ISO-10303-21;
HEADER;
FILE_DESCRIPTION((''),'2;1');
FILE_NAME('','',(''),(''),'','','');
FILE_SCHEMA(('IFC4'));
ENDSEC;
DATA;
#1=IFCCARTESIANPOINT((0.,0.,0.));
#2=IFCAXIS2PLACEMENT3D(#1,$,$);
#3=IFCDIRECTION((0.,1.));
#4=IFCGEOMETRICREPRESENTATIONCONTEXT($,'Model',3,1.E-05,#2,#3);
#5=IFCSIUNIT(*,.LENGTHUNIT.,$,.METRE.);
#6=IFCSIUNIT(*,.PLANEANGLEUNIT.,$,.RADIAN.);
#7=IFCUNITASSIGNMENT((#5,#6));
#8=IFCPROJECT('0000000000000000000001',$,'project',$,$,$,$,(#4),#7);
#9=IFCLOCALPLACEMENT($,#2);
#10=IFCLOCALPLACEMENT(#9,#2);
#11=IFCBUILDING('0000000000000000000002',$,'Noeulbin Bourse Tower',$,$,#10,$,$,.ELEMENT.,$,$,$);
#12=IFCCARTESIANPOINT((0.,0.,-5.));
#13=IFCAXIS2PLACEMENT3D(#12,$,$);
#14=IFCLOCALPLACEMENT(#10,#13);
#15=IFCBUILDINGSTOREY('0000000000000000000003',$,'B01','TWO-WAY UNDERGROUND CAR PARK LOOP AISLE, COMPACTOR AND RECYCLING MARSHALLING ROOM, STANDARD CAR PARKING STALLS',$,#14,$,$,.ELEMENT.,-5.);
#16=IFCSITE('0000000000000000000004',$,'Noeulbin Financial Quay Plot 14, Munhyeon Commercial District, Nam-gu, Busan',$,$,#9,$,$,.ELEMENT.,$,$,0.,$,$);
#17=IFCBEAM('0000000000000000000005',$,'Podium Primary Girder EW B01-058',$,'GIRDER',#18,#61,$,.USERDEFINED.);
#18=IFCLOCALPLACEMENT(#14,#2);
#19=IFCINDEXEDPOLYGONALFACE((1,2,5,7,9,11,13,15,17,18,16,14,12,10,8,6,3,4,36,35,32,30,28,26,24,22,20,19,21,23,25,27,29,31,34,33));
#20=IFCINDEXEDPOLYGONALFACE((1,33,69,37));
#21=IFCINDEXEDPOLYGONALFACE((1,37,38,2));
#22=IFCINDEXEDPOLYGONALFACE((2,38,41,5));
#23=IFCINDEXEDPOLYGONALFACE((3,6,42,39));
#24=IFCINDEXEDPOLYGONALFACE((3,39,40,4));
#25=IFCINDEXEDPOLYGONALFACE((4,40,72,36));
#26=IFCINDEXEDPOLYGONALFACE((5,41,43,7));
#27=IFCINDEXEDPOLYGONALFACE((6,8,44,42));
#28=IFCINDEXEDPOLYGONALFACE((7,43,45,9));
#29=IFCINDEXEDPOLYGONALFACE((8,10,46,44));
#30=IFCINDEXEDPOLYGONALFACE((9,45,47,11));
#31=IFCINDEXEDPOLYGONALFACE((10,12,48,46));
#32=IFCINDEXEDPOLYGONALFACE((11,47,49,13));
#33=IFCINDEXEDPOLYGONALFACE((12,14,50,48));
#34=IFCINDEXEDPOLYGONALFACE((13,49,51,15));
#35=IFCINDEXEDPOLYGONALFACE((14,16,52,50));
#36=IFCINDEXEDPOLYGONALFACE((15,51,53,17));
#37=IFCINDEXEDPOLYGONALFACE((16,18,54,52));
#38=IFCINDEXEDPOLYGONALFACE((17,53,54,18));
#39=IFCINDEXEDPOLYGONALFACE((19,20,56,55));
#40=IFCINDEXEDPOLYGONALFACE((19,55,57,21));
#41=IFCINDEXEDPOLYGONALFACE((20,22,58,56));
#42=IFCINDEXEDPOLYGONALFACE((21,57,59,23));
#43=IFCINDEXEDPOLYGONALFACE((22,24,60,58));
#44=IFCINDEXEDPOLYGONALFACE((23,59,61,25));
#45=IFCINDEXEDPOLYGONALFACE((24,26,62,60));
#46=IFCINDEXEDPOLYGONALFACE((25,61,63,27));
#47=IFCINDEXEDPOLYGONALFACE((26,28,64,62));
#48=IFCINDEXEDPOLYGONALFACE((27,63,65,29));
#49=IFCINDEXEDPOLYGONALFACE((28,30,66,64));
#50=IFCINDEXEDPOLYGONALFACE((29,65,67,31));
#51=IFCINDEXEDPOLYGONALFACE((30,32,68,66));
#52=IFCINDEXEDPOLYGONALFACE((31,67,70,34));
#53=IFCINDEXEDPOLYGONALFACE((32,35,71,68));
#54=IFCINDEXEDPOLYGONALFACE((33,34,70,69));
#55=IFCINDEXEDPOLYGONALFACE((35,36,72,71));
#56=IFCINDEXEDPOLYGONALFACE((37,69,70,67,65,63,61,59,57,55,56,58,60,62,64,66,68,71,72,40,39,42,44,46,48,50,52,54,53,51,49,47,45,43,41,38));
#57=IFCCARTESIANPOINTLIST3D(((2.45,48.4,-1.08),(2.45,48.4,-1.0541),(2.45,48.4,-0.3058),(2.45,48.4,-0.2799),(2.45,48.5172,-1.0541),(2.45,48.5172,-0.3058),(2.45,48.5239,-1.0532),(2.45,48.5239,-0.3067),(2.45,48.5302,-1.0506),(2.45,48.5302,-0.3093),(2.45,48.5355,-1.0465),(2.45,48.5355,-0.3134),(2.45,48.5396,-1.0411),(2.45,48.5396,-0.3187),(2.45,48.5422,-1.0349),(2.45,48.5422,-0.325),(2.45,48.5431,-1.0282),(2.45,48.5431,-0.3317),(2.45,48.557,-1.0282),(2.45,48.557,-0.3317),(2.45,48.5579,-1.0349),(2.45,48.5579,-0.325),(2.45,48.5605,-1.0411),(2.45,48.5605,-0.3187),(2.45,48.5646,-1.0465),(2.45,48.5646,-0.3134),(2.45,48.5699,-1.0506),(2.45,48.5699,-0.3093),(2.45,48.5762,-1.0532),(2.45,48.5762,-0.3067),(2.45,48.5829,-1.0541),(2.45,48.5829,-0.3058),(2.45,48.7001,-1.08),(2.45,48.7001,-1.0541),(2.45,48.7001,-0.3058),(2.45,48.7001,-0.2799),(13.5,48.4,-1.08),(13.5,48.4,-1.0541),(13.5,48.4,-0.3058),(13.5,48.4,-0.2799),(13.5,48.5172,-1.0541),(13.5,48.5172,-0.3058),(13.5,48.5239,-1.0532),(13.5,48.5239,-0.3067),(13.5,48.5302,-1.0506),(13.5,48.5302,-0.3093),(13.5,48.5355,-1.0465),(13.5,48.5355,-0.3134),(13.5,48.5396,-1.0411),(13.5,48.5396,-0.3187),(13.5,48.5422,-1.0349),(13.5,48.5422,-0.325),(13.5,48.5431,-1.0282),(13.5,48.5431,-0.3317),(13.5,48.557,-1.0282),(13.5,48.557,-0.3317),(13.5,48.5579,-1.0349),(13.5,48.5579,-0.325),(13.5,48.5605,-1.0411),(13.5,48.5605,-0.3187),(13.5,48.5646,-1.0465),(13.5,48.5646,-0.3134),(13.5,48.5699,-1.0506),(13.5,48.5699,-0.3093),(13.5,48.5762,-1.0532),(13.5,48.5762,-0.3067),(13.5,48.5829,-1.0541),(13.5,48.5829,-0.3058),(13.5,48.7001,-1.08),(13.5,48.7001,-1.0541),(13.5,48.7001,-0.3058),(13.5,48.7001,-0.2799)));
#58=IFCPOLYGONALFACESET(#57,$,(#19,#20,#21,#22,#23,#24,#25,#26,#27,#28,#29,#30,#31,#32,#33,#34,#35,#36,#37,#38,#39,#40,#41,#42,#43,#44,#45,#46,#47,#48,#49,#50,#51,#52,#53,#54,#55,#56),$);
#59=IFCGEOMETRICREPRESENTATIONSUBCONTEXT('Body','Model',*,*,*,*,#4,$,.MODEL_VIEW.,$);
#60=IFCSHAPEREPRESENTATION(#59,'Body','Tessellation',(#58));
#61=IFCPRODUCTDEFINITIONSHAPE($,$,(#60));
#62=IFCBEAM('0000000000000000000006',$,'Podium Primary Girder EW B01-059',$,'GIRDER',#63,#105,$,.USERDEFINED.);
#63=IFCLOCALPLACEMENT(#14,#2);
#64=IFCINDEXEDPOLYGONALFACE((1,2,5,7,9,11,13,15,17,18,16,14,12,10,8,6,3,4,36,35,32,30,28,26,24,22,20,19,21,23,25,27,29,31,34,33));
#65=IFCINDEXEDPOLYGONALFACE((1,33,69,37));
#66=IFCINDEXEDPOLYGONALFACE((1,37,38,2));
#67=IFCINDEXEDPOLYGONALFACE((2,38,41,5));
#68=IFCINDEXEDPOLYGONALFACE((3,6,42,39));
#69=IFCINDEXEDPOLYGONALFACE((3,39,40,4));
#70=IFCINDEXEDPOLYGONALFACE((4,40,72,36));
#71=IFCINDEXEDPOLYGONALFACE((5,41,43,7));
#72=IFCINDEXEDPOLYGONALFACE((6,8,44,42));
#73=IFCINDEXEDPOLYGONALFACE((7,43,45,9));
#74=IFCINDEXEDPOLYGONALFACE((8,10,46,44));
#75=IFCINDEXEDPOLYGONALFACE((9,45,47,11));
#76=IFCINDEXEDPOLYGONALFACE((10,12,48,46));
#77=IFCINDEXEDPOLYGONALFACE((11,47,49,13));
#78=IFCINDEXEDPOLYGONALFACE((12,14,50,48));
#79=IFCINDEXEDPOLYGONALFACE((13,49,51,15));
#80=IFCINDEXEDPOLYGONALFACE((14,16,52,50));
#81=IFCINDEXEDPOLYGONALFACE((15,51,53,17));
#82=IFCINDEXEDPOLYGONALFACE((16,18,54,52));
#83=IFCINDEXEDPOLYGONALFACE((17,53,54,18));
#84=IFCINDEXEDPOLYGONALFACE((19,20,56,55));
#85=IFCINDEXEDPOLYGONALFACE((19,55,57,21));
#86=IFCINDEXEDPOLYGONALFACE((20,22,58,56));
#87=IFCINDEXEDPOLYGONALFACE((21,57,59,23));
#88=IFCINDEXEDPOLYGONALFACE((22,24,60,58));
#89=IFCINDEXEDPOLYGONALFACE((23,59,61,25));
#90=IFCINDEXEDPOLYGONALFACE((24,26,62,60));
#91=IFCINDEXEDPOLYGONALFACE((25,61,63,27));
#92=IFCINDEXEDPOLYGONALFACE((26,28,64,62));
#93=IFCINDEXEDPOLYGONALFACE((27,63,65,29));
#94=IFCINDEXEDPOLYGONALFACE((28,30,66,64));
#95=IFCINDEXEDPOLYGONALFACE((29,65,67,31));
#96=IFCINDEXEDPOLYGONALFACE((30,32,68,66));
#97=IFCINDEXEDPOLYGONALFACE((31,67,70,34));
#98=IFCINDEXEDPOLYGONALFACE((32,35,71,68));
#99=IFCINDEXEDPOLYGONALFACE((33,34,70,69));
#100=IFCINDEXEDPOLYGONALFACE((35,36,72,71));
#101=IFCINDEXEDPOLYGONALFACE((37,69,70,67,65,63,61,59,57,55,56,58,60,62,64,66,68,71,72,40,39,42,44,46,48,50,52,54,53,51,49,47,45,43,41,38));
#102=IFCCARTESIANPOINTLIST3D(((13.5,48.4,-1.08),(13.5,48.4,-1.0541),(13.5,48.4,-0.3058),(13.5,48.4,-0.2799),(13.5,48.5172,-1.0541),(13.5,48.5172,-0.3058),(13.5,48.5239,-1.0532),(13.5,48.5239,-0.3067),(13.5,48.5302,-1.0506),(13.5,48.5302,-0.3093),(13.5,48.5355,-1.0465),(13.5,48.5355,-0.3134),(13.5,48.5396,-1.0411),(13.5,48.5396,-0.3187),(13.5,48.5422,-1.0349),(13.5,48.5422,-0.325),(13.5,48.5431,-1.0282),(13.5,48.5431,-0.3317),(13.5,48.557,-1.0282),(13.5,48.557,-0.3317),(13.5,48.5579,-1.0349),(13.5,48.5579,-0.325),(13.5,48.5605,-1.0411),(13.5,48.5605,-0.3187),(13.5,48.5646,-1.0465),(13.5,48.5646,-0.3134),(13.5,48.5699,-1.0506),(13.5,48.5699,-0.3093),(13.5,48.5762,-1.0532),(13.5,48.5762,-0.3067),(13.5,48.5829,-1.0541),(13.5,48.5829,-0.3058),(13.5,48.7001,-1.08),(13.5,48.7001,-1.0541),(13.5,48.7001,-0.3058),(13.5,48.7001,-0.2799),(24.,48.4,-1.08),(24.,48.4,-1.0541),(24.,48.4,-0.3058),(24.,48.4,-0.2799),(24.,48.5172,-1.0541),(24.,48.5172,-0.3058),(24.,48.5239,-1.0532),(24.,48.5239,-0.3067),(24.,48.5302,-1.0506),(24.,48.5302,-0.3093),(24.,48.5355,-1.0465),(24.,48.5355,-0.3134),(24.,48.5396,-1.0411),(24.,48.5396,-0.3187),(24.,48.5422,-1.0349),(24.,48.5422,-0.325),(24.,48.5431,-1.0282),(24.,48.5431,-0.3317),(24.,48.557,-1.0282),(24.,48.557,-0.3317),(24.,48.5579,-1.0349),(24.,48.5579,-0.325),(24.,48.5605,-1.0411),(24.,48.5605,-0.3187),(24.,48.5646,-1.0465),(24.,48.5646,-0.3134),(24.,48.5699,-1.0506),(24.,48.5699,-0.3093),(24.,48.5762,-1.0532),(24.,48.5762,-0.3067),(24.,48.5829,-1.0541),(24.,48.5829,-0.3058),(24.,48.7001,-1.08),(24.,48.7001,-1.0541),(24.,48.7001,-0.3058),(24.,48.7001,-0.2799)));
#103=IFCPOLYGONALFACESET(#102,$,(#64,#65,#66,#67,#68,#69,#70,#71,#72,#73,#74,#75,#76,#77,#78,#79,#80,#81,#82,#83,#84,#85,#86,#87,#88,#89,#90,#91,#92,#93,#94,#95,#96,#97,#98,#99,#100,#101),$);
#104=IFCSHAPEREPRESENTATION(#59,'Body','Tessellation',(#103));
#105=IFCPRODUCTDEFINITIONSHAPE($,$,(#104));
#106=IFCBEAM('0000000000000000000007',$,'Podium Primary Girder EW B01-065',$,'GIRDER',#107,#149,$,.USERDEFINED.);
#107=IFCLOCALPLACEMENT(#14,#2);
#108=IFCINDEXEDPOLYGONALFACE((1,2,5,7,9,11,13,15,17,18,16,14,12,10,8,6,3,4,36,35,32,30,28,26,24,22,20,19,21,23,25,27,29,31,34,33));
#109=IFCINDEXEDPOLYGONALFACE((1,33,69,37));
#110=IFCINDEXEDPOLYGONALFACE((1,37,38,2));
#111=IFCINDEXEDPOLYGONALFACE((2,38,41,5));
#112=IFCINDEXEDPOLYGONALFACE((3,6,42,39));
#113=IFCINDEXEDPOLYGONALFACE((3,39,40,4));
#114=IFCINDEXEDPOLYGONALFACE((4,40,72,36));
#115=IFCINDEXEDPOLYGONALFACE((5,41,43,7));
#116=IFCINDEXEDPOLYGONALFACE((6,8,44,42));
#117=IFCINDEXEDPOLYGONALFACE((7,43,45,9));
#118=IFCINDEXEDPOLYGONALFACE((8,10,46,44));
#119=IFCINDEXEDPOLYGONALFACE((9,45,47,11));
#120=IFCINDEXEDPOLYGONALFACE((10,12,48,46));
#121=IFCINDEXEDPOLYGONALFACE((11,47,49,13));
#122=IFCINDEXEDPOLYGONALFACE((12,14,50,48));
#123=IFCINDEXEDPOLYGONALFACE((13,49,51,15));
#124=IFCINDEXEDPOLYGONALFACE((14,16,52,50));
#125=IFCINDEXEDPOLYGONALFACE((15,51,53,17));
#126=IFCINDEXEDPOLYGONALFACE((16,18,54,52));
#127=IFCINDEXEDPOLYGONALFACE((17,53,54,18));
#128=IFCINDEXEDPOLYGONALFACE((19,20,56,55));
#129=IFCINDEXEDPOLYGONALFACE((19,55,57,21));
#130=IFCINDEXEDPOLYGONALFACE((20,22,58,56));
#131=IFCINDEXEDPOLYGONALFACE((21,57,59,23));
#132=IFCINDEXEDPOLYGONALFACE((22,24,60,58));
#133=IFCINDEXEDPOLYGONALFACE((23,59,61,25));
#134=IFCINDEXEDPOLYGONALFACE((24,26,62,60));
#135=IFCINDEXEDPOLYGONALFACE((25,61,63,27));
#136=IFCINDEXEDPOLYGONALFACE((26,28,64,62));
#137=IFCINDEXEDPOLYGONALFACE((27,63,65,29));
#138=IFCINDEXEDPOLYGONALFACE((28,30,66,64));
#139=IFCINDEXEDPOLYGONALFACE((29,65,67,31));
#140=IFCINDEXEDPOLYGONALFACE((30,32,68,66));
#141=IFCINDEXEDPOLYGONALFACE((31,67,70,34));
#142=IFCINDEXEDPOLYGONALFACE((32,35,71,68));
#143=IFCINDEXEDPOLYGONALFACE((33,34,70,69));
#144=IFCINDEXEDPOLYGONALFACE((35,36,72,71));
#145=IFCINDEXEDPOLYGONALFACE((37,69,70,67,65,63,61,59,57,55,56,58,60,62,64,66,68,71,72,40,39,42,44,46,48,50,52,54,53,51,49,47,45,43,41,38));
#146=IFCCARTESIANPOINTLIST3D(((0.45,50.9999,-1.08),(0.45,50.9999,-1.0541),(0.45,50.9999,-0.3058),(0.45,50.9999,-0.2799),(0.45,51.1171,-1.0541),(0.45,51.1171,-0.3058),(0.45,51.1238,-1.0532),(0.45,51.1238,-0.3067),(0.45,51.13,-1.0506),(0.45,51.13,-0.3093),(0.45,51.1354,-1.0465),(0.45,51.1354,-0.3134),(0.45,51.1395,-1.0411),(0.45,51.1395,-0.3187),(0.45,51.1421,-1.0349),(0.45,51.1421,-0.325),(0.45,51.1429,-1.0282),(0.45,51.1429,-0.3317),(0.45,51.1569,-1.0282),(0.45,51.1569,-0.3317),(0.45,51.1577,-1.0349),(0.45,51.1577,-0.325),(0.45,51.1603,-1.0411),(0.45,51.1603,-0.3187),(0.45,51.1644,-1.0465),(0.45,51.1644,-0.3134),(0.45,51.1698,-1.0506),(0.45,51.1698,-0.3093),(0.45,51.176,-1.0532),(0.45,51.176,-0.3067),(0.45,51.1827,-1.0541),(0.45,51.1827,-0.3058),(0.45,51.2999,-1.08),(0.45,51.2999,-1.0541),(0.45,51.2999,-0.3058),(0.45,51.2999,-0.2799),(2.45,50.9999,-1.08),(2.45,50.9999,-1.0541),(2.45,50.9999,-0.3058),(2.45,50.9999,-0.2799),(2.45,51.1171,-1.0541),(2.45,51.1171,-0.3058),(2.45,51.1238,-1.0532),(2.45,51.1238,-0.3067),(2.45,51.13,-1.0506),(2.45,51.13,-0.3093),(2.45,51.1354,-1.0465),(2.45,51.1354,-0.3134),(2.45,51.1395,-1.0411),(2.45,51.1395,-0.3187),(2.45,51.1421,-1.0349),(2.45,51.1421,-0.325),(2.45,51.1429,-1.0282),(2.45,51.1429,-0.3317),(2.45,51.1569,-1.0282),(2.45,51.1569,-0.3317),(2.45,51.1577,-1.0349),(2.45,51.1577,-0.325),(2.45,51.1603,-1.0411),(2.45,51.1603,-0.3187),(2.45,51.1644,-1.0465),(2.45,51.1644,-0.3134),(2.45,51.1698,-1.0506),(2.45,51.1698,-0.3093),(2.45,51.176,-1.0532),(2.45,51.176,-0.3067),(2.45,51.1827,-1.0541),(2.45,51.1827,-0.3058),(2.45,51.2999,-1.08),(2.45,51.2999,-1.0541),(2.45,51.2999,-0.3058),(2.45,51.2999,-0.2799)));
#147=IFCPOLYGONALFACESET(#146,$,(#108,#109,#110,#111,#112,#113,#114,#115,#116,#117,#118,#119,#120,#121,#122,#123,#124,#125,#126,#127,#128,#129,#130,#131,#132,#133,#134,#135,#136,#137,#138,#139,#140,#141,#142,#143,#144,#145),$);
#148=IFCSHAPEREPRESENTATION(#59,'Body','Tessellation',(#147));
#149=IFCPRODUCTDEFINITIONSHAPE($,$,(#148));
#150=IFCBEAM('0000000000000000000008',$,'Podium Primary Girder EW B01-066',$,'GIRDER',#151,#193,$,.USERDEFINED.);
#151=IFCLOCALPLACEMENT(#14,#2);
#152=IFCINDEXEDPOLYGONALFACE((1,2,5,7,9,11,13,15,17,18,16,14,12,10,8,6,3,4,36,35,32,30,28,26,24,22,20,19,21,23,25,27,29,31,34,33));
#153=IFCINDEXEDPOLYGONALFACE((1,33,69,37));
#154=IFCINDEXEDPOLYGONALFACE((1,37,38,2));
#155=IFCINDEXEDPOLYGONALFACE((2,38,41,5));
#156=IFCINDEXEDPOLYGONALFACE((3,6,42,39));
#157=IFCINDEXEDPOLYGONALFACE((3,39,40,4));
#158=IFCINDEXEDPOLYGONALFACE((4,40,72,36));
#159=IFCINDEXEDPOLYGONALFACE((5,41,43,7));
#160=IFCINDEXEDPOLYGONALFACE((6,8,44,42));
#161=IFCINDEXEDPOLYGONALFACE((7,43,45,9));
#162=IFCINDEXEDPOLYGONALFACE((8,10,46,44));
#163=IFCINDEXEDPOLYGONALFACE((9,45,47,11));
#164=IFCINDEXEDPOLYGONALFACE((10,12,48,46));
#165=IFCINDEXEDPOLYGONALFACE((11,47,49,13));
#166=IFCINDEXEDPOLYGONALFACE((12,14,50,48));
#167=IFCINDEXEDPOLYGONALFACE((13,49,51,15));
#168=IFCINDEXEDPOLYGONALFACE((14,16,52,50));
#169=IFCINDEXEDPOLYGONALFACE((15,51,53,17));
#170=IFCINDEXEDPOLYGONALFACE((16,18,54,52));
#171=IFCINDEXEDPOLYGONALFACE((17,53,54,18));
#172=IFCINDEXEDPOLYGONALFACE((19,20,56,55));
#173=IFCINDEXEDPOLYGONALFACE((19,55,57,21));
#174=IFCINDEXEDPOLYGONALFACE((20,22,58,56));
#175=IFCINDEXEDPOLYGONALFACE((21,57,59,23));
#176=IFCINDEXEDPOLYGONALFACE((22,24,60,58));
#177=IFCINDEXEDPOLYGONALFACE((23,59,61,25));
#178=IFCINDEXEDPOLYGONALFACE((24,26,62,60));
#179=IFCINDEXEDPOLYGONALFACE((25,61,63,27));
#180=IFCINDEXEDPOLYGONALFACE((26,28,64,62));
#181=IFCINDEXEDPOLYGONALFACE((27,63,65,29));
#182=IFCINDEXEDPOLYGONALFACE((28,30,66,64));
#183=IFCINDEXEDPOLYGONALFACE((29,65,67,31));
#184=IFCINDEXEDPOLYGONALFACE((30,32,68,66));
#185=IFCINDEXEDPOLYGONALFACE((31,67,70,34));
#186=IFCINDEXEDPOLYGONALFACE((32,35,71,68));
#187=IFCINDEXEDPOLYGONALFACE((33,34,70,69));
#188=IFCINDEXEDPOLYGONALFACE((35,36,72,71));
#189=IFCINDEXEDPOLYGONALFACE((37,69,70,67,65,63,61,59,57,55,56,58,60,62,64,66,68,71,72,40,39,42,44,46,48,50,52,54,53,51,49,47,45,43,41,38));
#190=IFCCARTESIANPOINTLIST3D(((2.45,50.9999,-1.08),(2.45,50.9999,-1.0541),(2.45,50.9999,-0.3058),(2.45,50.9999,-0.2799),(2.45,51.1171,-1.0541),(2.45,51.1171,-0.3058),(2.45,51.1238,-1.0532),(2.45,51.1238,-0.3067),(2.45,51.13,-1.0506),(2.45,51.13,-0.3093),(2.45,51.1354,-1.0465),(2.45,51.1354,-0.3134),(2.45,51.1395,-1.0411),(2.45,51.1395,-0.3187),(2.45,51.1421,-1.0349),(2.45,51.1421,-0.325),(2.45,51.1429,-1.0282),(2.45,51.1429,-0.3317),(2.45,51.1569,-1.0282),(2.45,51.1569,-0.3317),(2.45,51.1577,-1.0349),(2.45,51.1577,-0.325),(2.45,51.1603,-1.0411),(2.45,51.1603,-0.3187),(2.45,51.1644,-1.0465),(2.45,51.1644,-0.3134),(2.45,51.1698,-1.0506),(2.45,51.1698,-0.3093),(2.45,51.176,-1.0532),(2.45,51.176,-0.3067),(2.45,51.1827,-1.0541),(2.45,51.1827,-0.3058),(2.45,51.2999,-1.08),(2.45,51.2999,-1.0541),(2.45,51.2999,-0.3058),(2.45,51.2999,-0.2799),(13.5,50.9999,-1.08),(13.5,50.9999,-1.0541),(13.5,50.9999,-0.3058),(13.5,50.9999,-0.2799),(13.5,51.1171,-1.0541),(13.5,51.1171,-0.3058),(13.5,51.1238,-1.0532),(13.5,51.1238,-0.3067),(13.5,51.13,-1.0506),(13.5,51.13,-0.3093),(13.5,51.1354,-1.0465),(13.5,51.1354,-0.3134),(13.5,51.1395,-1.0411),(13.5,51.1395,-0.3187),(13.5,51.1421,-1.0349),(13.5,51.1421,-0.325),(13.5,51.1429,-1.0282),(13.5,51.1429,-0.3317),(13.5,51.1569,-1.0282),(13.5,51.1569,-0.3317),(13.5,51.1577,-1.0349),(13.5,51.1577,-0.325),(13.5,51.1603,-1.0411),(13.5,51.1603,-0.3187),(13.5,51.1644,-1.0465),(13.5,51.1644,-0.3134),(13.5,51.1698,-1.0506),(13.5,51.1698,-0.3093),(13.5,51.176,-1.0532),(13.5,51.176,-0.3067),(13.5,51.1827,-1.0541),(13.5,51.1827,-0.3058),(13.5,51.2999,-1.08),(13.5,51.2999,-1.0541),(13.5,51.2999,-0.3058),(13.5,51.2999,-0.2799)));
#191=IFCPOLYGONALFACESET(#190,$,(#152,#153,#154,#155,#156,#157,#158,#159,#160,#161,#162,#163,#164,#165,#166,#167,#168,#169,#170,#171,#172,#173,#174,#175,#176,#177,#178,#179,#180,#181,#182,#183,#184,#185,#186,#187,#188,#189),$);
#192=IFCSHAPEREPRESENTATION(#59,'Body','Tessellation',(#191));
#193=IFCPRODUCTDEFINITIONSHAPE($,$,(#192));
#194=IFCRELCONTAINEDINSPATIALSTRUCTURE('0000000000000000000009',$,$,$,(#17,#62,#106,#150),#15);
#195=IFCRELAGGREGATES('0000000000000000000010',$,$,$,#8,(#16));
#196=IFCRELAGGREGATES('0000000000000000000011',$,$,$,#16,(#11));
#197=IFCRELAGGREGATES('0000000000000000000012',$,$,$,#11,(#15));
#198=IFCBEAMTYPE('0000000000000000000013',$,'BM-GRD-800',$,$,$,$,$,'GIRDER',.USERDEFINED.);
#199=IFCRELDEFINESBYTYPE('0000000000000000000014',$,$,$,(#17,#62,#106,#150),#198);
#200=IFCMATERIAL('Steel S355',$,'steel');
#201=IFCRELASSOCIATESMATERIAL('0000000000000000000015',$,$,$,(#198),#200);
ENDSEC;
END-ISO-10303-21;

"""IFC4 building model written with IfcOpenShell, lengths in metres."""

from ifc_helpers import new_model, si_unit, direction, frame, origin, origin_2d, place, context, subcontext, project, spatial, i_section, extrude, material, material_profile, profile_set, type_object, element, save


model = new_model("IFC4")

# Units and contexts
model_context = context("Model", 3, precision=1e-05, world=origin(), true_north=direction((0.0, 1.0)))
body_context = subcontext(model_context, "Body", "Model", "MODEL_VIEW")
ifc_project = project(units=[si_unit("LENGTHUNIT", "METRE"), si_unit("PLANEANGLEUNIT", "RADIAN")], contexts=[model_context])

# Site, building, storey
site_placement = place(None, origin())
site = spatial("IfcSite", under=ifc_project, at=site_placement, Name="Noeulbin Financial Quay Plot 14, Munhyeon Commercial District, Nam-gu, Busan", CompositionType="ELEMENT", RefElevation=0.0)
building_placement = place(site_placement, origin())
building = spatial("IfcBuilding", under=site, at=building_placement, Name="Noeulbin Bourse Tower", CompositionType="ELEMENT")
storey_placement = place(building_placement, frame((0.0, 0.0, -5.0)))
storey = spatial("IfcBuildingStorey", under=building, at=storey_placement, Name="B01", Description="TWO-WAY UNDERGROUND CAR PARK LOOP AISLE, COMPACTOR AND RECYCLING MARSHALLING ROOM, STANDARD CAR PARKING STALLS", CompositionType="ELEMENT", Elevation=-5.0)

# Beams
ifc_material_1 = material(Name="Steel S355", Category="steel")
ifc_material_profile_1 = material_profile(ifc_material_1, i_section(OverallWidth=0.3, OverallDepth=0.8, WebThickness=0.0139, FlangeThickness=0.0259, FilletRadius=0.0259, at=origin_2d()), Name="H-800x300x14x26", Category="LoadBearing")
ifc_profile_set_1 = profile_set([ifc_material_profile_1], Name="Steel S355")
beam_type_1 = type_object("IfcBeamType", Name="BM-GRD-800", ElementType="GIRDER", PredefinedType="USERDEFINED", material=ifc_profile_set_1)
beam_1_placement = place(storey_placement, frame((2.45, 48.55, -0.6799), z_axis=(1.0, 0.0, 0.0), x_axis=(0.0, 1.0, 0.0)))
element("IfcBeam", 1, at=beam_1_placement, inside=storey, type_object=beam_type_1, Name="Podium Primary Girder EW B01-058", ObjectType="GIRDER", PredefinedType="USERDEFINED", context=body_context, shape_type="SweptSolid", body=[
    extrude(i_section(OverallWidth=0.3, OverallDepth=0.8, WebThickness=0.0139, FlangeThickness=0.0259, FilletRadius=0.0259, at=origin_2d()), origin(), (0.0, 0.0, 1.0), 11.05),
])
beam_2_placement = place(storey_placement, frame((13.5, 48.55, -0.6799), z_axis=(1.0, 0.0, 0.0), x_axis=(0.0, 1.0, 0.0)))
element("IfcBeam", 2, at=beam_2_placement, inside=storey, type_object=beam_type_1, Name="Podium Primary Girder EW B01-059", ObjectType="GIRDER", PredefinedType="USERDEFINED", context=body_context, shape_type="SweptSolid", body=[
    extrude(i_section(OverallWidth=0.3, OverallDepth=0.8, WebThickness=0.0139, FlangeThickness=0.0259, FilletRadius=0.0259, at=origin_2d()), origin(), (0.0, 0.0, 1.0), 10.5),
])
beam_3_placement = place(storey_placement, frame((0.45, 51.1499, -0.6799), z_axis=(1.0, 0.0, 0.0), x_axis=(0.0, 1.0, 0.0)))
element("IfcBeam", 3, at=beam_3_placement, inside=storey, type_object=beam_type_1, Name="Podium Primary Girder EW B01-065", ObjectType="GIRDER", PredefinedType="USERDEFINED", context=body_context, shape_type="SweptSolid", body=[
    extrude(i_section(OverallWidth=0.3, OverallDepth=0.8, WebThickness=0.0139, FlangeThickness=0.0259, FilletRadius=0.0259, at=origin_2d()), origin(), (0.0, 0.0, 1.0), 2.0),
])
beam_4_placement = place(storey_placement, frame((2.45, 51.1499, -0.6799), z_axis=(1.0, 0.0, 0.0), x_axis=(0.0, 1.0, 0.0)))
element("IfcBeam", 4, at=beam_4_placement, inside=storey, type_object=beam_type_1, Name="Podium Primary Girder EW B01-066", ObjectType="GIRDER", PredefinedType="USERDEFINED", context=body_context, shape_type="SweptSolid", body=[
    extrude(i_section(OverallWidth=0.3, OverallDepth=0.8, WebThickness=0.0139, FlangeThickness=0.0259, FilletRadius=0.0259, at=origin_2d()), origin(), (0.0, 0.0, 1.0), 11.05),
])

save(model, "model.ifc")
